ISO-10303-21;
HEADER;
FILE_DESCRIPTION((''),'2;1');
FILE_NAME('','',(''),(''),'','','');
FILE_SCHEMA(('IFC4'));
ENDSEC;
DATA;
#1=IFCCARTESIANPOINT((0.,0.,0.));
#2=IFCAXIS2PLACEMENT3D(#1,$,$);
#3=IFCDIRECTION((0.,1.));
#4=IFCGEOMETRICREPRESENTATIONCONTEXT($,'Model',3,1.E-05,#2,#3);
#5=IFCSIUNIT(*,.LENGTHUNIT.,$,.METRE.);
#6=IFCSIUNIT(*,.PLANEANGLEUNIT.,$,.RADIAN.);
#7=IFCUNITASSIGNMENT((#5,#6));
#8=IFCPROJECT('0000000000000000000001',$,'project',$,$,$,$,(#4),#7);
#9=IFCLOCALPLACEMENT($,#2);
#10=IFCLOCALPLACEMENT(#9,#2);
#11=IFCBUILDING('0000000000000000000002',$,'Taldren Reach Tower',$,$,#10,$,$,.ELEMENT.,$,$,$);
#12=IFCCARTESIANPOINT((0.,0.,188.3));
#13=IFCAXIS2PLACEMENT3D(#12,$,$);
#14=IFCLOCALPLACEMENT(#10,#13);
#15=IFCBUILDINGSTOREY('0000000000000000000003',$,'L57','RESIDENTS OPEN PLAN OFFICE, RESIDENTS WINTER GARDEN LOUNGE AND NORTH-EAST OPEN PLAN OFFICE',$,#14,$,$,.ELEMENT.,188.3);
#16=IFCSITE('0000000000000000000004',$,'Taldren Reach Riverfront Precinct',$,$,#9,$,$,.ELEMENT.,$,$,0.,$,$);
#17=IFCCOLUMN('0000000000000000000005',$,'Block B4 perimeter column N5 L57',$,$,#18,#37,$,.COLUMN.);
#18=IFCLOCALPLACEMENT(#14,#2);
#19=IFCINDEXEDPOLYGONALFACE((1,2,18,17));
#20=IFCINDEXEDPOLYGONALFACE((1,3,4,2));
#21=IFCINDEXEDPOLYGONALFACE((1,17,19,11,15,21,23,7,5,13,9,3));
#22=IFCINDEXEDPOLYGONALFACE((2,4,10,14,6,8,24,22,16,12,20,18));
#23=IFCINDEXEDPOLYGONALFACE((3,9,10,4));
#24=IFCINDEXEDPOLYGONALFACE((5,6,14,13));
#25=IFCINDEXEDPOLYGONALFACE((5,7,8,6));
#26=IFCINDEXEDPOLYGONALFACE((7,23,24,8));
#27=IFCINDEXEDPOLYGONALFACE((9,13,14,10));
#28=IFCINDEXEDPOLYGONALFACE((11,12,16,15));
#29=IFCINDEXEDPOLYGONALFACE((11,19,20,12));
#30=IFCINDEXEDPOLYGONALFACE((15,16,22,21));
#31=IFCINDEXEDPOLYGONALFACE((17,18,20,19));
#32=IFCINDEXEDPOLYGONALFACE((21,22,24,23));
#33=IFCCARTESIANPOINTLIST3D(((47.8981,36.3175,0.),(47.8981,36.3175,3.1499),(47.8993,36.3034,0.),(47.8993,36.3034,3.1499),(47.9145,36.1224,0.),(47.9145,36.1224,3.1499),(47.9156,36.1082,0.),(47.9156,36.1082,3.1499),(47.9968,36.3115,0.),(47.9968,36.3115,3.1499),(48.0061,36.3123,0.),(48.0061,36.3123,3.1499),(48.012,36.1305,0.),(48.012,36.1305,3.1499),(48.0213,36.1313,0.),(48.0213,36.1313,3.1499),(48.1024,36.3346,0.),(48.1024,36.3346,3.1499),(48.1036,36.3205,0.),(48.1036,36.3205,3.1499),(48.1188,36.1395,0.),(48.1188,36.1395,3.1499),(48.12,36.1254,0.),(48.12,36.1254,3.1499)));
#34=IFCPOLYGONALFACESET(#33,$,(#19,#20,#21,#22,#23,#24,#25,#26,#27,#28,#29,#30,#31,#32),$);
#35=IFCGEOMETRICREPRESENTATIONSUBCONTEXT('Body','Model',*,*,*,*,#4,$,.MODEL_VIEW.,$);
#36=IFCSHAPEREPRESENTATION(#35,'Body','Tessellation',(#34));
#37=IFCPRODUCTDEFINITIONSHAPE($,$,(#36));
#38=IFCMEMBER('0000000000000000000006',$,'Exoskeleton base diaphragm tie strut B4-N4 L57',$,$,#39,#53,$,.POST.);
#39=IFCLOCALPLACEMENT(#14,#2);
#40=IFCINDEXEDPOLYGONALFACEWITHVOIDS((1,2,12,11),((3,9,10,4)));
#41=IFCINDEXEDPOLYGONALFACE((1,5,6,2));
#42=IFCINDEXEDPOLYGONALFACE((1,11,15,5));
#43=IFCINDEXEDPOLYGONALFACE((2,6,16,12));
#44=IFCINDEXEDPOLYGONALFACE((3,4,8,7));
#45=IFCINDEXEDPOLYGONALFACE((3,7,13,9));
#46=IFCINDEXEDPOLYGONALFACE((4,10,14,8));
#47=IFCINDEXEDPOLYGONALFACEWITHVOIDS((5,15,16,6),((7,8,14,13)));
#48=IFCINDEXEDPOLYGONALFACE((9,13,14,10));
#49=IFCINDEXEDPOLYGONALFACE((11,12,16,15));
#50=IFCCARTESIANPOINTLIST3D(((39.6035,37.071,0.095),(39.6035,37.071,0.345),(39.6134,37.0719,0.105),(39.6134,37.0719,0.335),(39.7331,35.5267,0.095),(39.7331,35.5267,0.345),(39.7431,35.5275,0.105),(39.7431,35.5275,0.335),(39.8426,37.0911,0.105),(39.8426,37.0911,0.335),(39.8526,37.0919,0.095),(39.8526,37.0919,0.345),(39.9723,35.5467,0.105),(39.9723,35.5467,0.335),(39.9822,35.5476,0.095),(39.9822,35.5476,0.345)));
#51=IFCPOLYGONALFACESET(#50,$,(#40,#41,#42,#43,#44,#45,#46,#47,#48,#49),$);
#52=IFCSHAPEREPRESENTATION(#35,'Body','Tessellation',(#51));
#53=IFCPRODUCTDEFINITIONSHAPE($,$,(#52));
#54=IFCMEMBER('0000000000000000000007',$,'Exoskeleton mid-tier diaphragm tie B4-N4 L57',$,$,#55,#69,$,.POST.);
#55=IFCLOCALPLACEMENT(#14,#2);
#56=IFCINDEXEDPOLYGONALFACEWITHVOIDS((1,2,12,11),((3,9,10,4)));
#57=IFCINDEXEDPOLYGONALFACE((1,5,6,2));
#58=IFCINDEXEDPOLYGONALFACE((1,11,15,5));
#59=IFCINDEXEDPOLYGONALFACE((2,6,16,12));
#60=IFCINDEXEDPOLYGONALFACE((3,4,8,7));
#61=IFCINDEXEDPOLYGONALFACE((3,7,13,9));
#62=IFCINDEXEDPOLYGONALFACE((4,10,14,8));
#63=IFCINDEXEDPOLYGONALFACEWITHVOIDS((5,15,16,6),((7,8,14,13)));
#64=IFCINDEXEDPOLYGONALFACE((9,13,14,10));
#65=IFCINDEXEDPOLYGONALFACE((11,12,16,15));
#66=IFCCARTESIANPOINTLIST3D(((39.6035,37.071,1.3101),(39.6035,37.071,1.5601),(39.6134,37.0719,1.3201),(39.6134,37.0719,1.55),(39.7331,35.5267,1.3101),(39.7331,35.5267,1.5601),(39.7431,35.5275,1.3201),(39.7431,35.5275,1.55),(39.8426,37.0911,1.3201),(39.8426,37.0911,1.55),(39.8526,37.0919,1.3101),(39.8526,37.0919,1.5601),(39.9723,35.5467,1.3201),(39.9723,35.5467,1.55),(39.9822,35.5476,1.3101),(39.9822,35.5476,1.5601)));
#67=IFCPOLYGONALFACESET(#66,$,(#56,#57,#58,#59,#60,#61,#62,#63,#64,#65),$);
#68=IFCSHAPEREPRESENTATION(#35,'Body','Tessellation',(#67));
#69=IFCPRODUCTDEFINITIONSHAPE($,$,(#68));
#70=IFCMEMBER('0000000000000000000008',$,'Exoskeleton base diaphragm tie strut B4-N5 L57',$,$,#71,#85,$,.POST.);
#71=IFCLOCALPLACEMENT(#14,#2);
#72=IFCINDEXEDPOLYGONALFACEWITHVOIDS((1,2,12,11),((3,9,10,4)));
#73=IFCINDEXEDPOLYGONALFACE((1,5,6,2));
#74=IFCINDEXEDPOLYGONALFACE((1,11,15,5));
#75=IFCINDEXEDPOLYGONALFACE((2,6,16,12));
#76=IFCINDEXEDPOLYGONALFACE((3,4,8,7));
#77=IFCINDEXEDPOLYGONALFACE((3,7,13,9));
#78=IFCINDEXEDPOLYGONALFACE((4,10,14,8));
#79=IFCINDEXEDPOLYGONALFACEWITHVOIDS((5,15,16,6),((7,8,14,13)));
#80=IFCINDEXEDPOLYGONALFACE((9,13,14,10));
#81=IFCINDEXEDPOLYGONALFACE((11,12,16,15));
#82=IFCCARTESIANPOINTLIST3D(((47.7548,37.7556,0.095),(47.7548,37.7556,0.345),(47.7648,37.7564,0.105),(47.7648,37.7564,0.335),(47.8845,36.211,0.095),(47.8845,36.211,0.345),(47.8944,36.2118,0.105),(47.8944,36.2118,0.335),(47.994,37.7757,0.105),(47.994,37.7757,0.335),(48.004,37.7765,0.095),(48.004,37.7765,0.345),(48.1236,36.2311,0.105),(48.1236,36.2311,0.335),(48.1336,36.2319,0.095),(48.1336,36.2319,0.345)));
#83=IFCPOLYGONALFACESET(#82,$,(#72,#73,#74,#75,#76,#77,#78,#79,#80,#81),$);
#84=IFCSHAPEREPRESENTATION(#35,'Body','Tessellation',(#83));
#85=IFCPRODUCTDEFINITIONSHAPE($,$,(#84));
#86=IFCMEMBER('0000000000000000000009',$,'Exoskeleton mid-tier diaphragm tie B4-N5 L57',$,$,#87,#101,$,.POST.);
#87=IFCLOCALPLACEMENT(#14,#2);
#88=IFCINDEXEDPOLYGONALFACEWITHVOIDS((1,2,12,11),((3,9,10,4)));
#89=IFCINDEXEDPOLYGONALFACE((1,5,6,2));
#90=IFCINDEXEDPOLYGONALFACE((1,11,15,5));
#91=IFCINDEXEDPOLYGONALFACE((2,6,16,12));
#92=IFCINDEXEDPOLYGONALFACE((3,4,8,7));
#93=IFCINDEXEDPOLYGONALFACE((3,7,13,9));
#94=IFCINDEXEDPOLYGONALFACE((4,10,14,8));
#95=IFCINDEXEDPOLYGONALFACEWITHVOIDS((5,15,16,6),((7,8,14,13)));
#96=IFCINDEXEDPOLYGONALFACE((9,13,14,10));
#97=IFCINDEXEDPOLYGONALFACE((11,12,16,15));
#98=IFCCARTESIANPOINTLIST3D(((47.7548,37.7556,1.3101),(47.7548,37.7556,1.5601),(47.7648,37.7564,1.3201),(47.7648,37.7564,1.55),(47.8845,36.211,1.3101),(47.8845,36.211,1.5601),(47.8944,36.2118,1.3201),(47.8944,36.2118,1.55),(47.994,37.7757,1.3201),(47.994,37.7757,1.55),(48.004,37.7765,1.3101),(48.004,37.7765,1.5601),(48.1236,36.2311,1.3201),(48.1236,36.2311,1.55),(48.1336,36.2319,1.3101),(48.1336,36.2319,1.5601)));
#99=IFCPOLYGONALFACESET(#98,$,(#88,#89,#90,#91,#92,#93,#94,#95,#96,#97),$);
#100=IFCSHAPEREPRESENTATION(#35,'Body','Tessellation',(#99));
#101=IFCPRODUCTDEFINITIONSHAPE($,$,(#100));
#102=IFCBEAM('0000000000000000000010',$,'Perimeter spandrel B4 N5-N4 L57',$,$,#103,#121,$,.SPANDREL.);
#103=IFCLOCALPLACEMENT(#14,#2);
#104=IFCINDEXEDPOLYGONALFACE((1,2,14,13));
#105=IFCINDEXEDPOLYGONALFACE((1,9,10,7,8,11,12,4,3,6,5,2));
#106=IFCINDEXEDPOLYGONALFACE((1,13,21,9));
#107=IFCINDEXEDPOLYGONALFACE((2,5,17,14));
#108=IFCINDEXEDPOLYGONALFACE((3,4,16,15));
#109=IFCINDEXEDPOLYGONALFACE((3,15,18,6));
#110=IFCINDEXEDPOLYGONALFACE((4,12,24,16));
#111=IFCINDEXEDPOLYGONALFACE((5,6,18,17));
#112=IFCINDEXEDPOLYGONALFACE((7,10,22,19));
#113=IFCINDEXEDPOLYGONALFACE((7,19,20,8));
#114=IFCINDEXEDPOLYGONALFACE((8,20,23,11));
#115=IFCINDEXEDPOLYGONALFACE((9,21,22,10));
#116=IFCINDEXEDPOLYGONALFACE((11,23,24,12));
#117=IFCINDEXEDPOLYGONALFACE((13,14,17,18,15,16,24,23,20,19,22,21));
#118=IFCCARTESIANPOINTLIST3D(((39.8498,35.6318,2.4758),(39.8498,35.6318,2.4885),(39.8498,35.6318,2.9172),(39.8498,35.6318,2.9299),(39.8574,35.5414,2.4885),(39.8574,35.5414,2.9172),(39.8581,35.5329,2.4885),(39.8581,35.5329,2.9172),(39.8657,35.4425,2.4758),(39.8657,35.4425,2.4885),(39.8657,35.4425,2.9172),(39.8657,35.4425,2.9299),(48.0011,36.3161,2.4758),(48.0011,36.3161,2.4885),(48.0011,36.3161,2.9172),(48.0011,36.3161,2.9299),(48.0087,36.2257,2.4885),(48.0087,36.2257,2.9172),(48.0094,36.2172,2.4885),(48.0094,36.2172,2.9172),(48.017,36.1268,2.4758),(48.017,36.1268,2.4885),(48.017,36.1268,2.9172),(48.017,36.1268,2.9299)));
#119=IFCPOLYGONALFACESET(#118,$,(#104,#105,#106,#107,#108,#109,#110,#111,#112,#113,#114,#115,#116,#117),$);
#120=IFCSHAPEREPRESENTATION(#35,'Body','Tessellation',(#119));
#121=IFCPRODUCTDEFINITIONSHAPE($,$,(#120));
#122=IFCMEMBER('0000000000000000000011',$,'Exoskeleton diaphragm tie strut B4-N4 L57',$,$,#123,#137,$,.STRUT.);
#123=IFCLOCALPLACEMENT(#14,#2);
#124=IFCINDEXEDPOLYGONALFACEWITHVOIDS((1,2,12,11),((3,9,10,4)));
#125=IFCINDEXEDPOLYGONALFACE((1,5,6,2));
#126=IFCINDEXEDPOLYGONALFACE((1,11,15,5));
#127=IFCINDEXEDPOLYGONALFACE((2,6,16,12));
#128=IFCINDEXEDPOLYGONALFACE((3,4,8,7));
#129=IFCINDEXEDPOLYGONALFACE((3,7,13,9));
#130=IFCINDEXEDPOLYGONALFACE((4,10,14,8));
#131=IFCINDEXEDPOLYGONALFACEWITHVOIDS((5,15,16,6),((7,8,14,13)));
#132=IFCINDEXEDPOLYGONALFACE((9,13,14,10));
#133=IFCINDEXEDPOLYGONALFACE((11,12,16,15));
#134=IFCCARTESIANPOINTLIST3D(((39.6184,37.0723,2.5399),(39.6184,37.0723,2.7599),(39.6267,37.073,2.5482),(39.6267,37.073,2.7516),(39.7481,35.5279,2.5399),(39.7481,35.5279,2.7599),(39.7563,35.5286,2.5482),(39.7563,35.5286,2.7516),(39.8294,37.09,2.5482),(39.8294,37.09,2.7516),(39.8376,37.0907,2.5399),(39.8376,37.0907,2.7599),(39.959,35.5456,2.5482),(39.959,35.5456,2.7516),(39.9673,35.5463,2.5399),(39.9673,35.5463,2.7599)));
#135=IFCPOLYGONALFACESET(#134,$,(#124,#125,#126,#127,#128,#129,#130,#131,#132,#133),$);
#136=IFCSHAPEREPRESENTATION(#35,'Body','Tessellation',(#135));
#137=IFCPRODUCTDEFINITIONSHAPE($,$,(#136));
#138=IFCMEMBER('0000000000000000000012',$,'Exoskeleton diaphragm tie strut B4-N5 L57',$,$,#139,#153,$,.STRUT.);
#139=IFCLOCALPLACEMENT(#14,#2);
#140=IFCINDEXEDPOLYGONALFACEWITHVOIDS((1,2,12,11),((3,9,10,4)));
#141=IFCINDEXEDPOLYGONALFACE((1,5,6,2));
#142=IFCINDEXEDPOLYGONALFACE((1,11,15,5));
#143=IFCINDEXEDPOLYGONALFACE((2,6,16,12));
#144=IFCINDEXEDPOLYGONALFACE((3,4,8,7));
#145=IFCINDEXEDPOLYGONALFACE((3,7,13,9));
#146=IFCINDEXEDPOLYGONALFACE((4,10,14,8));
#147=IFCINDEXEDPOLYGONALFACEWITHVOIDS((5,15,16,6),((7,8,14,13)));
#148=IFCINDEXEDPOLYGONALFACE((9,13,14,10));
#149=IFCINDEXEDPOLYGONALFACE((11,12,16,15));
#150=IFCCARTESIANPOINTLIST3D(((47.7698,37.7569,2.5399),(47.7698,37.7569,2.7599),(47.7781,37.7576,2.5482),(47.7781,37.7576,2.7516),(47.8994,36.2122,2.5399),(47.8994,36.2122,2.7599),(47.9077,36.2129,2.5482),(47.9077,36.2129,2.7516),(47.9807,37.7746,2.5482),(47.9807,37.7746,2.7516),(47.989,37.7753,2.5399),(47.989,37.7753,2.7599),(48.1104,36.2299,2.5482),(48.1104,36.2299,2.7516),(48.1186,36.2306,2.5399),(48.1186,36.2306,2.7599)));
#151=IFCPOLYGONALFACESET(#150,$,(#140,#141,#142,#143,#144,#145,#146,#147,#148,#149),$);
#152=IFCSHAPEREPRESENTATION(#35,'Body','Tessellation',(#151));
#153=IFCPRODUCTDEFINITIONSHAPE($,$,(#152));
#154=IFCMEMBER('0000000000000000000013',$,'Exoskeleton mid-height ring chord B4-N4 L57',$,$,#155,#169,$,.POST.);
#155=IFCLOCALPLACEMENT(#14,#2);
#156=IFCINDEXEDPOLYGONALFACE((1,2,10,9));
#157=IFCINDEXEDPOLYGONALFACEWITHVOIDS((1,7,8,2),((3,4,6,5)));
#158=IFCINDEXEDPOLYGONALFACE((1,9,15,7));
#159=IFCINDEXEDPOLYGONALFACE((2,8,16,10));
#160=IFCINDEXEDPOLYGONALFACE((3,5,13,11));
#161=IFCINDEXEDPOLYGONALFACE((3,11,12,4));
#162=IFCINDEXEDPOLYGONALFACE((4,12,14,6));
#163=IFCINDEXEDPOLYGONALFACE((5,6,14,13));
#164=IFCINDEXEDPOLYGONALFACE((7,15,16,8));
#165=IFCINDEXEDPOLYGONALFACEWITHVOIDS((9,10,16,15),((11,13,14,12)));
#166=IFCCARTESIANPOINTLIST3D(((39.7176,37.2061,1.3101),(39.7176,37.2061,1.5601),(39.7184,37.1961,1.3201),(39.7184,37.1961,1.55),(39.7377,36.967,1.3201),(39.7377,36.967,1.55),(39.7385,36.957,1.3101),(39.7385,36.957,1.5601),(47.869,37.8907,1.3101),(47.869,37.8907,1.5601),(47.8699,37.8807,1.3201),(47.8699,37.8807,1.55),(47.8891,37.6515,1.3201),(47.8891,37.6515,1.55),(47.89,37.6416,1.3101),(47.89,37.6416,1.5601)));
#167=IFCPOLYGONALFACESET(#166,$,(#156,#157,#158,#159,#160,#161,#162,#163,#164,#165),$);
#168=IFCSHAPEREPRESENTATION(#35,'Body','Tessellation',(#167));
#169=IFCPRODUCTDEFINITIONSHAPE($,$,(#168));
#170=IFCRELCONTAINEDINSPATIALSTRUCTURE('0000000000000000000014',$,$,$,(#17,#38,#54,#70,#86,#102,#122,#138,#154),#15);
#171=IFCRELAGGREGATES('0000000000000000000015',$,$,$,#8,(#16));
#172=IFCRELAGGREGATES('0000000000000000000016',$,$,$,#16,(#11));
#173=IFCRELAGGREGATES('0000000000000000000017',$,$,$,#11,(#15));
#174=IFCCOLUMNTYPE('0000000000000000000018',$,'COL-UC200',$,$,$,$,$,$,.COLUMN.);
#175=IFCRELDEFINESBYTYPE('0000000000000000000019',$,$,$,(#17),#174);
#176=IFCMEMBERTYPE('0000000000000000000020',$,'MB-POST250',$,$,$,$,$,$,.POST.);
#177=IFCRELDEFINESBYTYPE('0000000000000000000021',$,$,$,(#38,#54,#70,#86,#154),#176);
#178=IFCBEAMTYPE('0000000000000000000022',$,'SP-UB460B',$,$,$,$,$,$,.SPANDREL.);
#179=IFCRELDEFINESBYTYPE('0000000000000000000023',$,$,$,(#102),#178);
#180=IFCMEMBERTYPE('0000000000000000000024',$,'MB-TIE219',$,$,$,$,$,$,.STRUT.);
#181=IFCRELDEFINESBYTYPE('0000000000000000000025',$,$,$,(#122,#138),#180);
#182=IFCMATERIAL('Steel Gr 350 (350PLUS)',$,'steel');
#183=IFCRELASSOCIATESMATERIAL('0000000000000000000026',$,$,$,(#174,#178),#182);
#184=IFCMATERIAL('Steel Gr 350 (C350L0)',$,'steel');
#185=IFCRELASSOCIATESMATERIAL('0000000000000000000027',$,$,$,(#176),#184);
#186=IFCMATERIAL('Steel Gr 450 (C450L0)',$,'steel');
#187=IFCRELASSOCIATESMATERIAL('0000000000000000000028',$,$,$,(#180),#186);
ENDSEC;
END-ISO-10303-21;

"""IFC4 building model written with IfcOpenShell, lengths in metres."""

from ifc_helpers import new_model, si_unit, direction, frame, origin, origin_2d, place, context, subcontext, project, spatial, hollow_rectangle, i_section, extrude, source, transform, mapped, material, material_profile, profile_set, type_object, element, save


model = new_model("IFC4")

# Units and contexts
model_context = context("Model", 3, precision=1e-05, world=origin(), true_north=direction((0.0, 1.0)))
body_context = subcontext(model_context, "Body", "Model", "MODEL_VIEW")
ifc_project = project(units=[si_unit("LENGTHUNIT", "METRE"), si_unit("PLANEANGLEUNIT", "RADIAN")], contexts=[model_context])

# Site, building, storey
site_placement = place(None, origin())
site = spatial("IfcSite", under=ifc_project, at=site_placement, Name="Taldren Reach Riverfront Precinct", CompositionType="ELEMENT", RefElevation=0.0)
building_placement = place(site_placement, origin())
building = spatial("IfcBuilding", under=site, at=building_placement, Name="Taldren Reach Tower", CompositionType="ELEMENT")
storey_placement = place(building_placement, frame((0.0, 0.0, 188.3)))
storey = spatial("IfcBuildingStorey", under=building, at=storey_placement, Name="L57", Description="RESIDENTS OPEN PLAN OFFICE, RESIDENTS WINTER GARDEN LOUNGE AND NORTH-EAST OPEN PLAN OFFICE", CompositionType="ELEMENT", Elevation=188.3)

# Column
ifc_material_1 = material(Name="Steel Gr 350 (350PLUS)", Category="steel")
ifc_material_profile_1 = material_profile(ifc_material_1, i_section(OverallWidth=0.2051, OverallDepth=0.21, WebThickness=0.0093, FlangeThickness=0.0142, at=origin_2d()), Name="200UC59.5")
ifc_profile_set_1 = profile_set([ifc_material_profile_1], Name="Steel Gr 350 (350PLUS)")
column_type = type_object("IfcColumnType", Name="COL-UC200", PredefinedType="COLUMN", material=ifc_profile_set_1)
shared_shape_1 = source(origin(), body_context, "Body", "SweptSolid", [
    extrude(i_section(OverallWidth=0.2051, OverallDepth=0.21, WebThickness=0.0093, FlangeThickness=0.0142, at=origin_2d()), origin(), (0.0, 0.0, 1.0), 3.1499),
])
column_placement = place(storey_placement, frame((48.009, 36.2214, 0.0), z_axis=(0.0, 0.0, 1.0), x_axis=(0.996493, 0.083678, 0.0)))
element("IfcColumn", 1, at=column_placement, inside=storey, type_object=column_type, Name="Block B4 perimeter column N5 L57", PredefinedType="COLUMN", context=body_context, shape_type="MappedRepresentation", body=[
    mapped(shared_shape_1, transform((0.0, 0.0, 0.0), scale=1.0)),
])

# Members
ifc_material_2 = material(Name="Steel Gr 350 (C350L0)", Category="steel")
ifc_material_profile_2 = material_profile(ifc_material_2, hollow_rectangle(XDim=0.25, YDim=0.25, WallThickness=0.01, at=origin_2d()), Name="250x250x10.0SHS")
ifc_profile_set_2 = profile_set([ifc_material_profile_2], Name="Steel Gr 350 (C350L0)")
member_type_1 = type_object("IfcMemberType", Name="MB-POST250", PredefinedType="POST", material=ifc_profile_set_2)
shared_shape_2 = source(origin(), body_context, "Body", "SweptSolid", [
    extrude(hollow_rectangle(XDim=0.25, YDim=0.25, WallThickness=0.01, at=origin_2d()), origin(), (0.0, 0.0, 1.0), 1.5498),
])
for number, where, z_axis, x_axis, name in (
    (2, (39.8577, 35.5371, 0.22), (-0.083645, 0.996496, 0.0), (-0.996496, -0.083645, 0.0), "Exoskeleton base diaphragm tie strut B4-N4 L57"),
    (3, (39.8577, 35.5371, 1.4351), (-0.083645, 0.996496, 0.0), (-0.996496, -0.083645, 0.0), "Exoskeleton mid-tier diaphragm tie B4-N4 L57"),
):
    element("IfcMember", number, at=place(storey_placement, frame(where, z_axis=z_axis, x_axis=x_axis)), inside=storey, type_object=member_type_1, Name=name, PredefinedType="POST", context=body_context, shape_type="MappedRepresentation", body=[
        mapped(shared_shape_2, transform((0.0, 0.0, 0.0), scale=1.0)),
    ])
shared_shape_3 = source(origin(), body_context, "Body", "SweptSolid", [
    extrude(hollow_rectangle(XDim=0.25, YDim=0.25, WallThickness=0.01, at=origin_2d()), origin(), (0.0, 0.0, 1.0), 1.55),
])
for number, where, z_axis, x_axis, name in (
    (4, (48.009, 36.2214, 0.22), (-0.083632, 0.996497, 0.0), (-0.996497, -0.083632, 0.0), "Exoskeleton base diaphragm tie strut B4-N5 L57"),
    (5, (48.009, 36.2214, 1.4351), (-0.083632, 0.996497, 0.0), (-0.996497, -0.083632, 0.0), "Exoskeleton mid-tier diaphragm tie B4-N5 L57"),
):
    element("IfcMember", number, at=place(storey_placement, frame(where, z_axis=z_axis, x_axis=x_axis)), inside=storey, type_object=member_type_1, Name=name, PredefinedType="POST", context=body_context, shape_type="MappedRepresentation", body=[
        mapped(shared_shape_3, transform((0.0, 0.0, 0.0), scale=1.0)),
    ])

# Beam
ifc_material_profile_3 = material_profile(ifc_material_1, i_section(OverallWidth=0.1899, OverallDepth=0.4541, WebThickness=0.0085, FlangeThickness=0.0127, at=origin_2d()), Name="460UB67.1")
ifc_profile_set_3 = profile_set([ifc_material_profile_3], Name="Steel Gr 350 (350PLUS)")
beam_type = type_object("IfcBeamType", Name="SP-UB460B", PredefinedType="SPANDREL", material=ifc_profile_set_3)
shared_shape_4 = source(origin(), body_context, "Body", "SweptSolid", [
    extrude(i_section(OverallWidth=0.1899, OverallDepth=0.4541, WebThickness=0.0085, FlangeThickness=0.0127, at=origin_2d()), origin(), (0.0, 0.0, 1.0), 8.1799),
])
beam_placement = place(storey_placement, frame((48.009, 36.2214, 2.7029), z_axis=(-0.996495, -0.083658, 0.0), x_axis=(0.083658, -0.996495, 0.0)))
element("IfcBeam", 6, at=beam_placement, inside=storey, type_object=beam_type, Name="Perimeter spandrel B4 N5-N4 L57", PredefinedType="SPANDREL", context=body_context, shape_type="MappedRepresentation", body=[
    mapped(shared_shape_4, transform((0.0, 0.0, 0.0), scale=1.0)),
])

# Members
ifc_material_3 = material(Name="Steel Gr 450 (C450L0)", Category="steel")
ifc_material_profile_4 = material_profile(ifc_material_3, hollow_rectangle(XDim=0.22, YDim=0.22, WallThickness=0.0083, at=origin_2d()), Name="220x220x8.2SHS")
ifc_profile_set_4 = profile_set([ifc_material_profile_4], Name="Steel Gr 450 (C450L0)")
member_type_2 = type_object("IfcMemberType", Name="MB-TIE219", PredefinedType="STRUT", material=ifc_profile_set_4)
shared_shape_5 = source(origin(), body_context, "Body", "SweptSolid", [
    extrude(hollow_rectangle(XDim=0.22, YDim=0.22, WallThickness=0.0083, at=origin_2d()), origin(), (0.0, 0.0, 1.0), 1.5498),
])
member_1_placement = place(storey_placement, frame((39.8577, 35.5371, 2.6499), z_axis=(-0.083645, 0.996496, 0.0), x_axis=(-0.996496, -0.083645, 0.0)))
element("IfcMember", 7, at=member_1_placement, inside=storey, type_object=member_type_2, Name="Exoskeleton diaphragm tie strut B4-N4 L57", PredefinedType="STRUT", context=body_context, shape_type="MappedRepresentation", body=[
    mapped(shared_shape_5, transform((0.0, 0.0, 0.0), scale=1.0)),
])
shared_shape_6 = source(origin(), body_context, "Body", "SweptSolid", [
    extrude(hollow_rectangle(XDim=0.22, YDim=0.22, WallThickness=0.0083, at=origin_2d()), origin(), (0.0, 0.0, 1.0), 1.55),
])
member_2_placement = place(storey_placement, frame((48.009, 36.2214, 2.6499), z_axis=(-0.083632, 0.996497, 0.0), x_axis=(-0.996497, -0.083632, 0.0)))
element("IfcMember", 8, at=member_2_placement, inside=storey, type_object=member_type_2, Name="Exoskeleton diaphragm tie strut B4-N5 L57", PredefinedType="STRUT", context=body_context, shape_type="MappedRepresentation", body=[
    mapped(shared_shape_6, transform((0.0, 0.0, 0.0), scale=1.0)),
])
shared_shape_7 = source(origin(), body_context, "Body", "SweptSolid", [
    extrude(hollow_rectangle(XDim=0.25, YDim=0.25, WallThickness=0.01, at=origin_2d()), origin(), (0.0, 0.0, 1.0), 8.1802),
])
member_3_placement = place(storey_placement, frame((39.728, 37.0815, 1.4351), z_axis=(0.996492, 0.083688, 0.0), x_axis=(-0.083688, 0.996492, 0.0)))
element("IfcMember", 9, at=member_3_placement, inside=storey, type_object=member_type_1, Name="Exoskeleton mid-height ring chord B4-N4 L57", PredefinedType="POST", context=body_context, shape_type="MappedRepresentation", body=[
    mapped(shared_shape_7, transform((0.0, 0.0, 0.0), scale=1.0)),
])

save(model, "model.ifc")
